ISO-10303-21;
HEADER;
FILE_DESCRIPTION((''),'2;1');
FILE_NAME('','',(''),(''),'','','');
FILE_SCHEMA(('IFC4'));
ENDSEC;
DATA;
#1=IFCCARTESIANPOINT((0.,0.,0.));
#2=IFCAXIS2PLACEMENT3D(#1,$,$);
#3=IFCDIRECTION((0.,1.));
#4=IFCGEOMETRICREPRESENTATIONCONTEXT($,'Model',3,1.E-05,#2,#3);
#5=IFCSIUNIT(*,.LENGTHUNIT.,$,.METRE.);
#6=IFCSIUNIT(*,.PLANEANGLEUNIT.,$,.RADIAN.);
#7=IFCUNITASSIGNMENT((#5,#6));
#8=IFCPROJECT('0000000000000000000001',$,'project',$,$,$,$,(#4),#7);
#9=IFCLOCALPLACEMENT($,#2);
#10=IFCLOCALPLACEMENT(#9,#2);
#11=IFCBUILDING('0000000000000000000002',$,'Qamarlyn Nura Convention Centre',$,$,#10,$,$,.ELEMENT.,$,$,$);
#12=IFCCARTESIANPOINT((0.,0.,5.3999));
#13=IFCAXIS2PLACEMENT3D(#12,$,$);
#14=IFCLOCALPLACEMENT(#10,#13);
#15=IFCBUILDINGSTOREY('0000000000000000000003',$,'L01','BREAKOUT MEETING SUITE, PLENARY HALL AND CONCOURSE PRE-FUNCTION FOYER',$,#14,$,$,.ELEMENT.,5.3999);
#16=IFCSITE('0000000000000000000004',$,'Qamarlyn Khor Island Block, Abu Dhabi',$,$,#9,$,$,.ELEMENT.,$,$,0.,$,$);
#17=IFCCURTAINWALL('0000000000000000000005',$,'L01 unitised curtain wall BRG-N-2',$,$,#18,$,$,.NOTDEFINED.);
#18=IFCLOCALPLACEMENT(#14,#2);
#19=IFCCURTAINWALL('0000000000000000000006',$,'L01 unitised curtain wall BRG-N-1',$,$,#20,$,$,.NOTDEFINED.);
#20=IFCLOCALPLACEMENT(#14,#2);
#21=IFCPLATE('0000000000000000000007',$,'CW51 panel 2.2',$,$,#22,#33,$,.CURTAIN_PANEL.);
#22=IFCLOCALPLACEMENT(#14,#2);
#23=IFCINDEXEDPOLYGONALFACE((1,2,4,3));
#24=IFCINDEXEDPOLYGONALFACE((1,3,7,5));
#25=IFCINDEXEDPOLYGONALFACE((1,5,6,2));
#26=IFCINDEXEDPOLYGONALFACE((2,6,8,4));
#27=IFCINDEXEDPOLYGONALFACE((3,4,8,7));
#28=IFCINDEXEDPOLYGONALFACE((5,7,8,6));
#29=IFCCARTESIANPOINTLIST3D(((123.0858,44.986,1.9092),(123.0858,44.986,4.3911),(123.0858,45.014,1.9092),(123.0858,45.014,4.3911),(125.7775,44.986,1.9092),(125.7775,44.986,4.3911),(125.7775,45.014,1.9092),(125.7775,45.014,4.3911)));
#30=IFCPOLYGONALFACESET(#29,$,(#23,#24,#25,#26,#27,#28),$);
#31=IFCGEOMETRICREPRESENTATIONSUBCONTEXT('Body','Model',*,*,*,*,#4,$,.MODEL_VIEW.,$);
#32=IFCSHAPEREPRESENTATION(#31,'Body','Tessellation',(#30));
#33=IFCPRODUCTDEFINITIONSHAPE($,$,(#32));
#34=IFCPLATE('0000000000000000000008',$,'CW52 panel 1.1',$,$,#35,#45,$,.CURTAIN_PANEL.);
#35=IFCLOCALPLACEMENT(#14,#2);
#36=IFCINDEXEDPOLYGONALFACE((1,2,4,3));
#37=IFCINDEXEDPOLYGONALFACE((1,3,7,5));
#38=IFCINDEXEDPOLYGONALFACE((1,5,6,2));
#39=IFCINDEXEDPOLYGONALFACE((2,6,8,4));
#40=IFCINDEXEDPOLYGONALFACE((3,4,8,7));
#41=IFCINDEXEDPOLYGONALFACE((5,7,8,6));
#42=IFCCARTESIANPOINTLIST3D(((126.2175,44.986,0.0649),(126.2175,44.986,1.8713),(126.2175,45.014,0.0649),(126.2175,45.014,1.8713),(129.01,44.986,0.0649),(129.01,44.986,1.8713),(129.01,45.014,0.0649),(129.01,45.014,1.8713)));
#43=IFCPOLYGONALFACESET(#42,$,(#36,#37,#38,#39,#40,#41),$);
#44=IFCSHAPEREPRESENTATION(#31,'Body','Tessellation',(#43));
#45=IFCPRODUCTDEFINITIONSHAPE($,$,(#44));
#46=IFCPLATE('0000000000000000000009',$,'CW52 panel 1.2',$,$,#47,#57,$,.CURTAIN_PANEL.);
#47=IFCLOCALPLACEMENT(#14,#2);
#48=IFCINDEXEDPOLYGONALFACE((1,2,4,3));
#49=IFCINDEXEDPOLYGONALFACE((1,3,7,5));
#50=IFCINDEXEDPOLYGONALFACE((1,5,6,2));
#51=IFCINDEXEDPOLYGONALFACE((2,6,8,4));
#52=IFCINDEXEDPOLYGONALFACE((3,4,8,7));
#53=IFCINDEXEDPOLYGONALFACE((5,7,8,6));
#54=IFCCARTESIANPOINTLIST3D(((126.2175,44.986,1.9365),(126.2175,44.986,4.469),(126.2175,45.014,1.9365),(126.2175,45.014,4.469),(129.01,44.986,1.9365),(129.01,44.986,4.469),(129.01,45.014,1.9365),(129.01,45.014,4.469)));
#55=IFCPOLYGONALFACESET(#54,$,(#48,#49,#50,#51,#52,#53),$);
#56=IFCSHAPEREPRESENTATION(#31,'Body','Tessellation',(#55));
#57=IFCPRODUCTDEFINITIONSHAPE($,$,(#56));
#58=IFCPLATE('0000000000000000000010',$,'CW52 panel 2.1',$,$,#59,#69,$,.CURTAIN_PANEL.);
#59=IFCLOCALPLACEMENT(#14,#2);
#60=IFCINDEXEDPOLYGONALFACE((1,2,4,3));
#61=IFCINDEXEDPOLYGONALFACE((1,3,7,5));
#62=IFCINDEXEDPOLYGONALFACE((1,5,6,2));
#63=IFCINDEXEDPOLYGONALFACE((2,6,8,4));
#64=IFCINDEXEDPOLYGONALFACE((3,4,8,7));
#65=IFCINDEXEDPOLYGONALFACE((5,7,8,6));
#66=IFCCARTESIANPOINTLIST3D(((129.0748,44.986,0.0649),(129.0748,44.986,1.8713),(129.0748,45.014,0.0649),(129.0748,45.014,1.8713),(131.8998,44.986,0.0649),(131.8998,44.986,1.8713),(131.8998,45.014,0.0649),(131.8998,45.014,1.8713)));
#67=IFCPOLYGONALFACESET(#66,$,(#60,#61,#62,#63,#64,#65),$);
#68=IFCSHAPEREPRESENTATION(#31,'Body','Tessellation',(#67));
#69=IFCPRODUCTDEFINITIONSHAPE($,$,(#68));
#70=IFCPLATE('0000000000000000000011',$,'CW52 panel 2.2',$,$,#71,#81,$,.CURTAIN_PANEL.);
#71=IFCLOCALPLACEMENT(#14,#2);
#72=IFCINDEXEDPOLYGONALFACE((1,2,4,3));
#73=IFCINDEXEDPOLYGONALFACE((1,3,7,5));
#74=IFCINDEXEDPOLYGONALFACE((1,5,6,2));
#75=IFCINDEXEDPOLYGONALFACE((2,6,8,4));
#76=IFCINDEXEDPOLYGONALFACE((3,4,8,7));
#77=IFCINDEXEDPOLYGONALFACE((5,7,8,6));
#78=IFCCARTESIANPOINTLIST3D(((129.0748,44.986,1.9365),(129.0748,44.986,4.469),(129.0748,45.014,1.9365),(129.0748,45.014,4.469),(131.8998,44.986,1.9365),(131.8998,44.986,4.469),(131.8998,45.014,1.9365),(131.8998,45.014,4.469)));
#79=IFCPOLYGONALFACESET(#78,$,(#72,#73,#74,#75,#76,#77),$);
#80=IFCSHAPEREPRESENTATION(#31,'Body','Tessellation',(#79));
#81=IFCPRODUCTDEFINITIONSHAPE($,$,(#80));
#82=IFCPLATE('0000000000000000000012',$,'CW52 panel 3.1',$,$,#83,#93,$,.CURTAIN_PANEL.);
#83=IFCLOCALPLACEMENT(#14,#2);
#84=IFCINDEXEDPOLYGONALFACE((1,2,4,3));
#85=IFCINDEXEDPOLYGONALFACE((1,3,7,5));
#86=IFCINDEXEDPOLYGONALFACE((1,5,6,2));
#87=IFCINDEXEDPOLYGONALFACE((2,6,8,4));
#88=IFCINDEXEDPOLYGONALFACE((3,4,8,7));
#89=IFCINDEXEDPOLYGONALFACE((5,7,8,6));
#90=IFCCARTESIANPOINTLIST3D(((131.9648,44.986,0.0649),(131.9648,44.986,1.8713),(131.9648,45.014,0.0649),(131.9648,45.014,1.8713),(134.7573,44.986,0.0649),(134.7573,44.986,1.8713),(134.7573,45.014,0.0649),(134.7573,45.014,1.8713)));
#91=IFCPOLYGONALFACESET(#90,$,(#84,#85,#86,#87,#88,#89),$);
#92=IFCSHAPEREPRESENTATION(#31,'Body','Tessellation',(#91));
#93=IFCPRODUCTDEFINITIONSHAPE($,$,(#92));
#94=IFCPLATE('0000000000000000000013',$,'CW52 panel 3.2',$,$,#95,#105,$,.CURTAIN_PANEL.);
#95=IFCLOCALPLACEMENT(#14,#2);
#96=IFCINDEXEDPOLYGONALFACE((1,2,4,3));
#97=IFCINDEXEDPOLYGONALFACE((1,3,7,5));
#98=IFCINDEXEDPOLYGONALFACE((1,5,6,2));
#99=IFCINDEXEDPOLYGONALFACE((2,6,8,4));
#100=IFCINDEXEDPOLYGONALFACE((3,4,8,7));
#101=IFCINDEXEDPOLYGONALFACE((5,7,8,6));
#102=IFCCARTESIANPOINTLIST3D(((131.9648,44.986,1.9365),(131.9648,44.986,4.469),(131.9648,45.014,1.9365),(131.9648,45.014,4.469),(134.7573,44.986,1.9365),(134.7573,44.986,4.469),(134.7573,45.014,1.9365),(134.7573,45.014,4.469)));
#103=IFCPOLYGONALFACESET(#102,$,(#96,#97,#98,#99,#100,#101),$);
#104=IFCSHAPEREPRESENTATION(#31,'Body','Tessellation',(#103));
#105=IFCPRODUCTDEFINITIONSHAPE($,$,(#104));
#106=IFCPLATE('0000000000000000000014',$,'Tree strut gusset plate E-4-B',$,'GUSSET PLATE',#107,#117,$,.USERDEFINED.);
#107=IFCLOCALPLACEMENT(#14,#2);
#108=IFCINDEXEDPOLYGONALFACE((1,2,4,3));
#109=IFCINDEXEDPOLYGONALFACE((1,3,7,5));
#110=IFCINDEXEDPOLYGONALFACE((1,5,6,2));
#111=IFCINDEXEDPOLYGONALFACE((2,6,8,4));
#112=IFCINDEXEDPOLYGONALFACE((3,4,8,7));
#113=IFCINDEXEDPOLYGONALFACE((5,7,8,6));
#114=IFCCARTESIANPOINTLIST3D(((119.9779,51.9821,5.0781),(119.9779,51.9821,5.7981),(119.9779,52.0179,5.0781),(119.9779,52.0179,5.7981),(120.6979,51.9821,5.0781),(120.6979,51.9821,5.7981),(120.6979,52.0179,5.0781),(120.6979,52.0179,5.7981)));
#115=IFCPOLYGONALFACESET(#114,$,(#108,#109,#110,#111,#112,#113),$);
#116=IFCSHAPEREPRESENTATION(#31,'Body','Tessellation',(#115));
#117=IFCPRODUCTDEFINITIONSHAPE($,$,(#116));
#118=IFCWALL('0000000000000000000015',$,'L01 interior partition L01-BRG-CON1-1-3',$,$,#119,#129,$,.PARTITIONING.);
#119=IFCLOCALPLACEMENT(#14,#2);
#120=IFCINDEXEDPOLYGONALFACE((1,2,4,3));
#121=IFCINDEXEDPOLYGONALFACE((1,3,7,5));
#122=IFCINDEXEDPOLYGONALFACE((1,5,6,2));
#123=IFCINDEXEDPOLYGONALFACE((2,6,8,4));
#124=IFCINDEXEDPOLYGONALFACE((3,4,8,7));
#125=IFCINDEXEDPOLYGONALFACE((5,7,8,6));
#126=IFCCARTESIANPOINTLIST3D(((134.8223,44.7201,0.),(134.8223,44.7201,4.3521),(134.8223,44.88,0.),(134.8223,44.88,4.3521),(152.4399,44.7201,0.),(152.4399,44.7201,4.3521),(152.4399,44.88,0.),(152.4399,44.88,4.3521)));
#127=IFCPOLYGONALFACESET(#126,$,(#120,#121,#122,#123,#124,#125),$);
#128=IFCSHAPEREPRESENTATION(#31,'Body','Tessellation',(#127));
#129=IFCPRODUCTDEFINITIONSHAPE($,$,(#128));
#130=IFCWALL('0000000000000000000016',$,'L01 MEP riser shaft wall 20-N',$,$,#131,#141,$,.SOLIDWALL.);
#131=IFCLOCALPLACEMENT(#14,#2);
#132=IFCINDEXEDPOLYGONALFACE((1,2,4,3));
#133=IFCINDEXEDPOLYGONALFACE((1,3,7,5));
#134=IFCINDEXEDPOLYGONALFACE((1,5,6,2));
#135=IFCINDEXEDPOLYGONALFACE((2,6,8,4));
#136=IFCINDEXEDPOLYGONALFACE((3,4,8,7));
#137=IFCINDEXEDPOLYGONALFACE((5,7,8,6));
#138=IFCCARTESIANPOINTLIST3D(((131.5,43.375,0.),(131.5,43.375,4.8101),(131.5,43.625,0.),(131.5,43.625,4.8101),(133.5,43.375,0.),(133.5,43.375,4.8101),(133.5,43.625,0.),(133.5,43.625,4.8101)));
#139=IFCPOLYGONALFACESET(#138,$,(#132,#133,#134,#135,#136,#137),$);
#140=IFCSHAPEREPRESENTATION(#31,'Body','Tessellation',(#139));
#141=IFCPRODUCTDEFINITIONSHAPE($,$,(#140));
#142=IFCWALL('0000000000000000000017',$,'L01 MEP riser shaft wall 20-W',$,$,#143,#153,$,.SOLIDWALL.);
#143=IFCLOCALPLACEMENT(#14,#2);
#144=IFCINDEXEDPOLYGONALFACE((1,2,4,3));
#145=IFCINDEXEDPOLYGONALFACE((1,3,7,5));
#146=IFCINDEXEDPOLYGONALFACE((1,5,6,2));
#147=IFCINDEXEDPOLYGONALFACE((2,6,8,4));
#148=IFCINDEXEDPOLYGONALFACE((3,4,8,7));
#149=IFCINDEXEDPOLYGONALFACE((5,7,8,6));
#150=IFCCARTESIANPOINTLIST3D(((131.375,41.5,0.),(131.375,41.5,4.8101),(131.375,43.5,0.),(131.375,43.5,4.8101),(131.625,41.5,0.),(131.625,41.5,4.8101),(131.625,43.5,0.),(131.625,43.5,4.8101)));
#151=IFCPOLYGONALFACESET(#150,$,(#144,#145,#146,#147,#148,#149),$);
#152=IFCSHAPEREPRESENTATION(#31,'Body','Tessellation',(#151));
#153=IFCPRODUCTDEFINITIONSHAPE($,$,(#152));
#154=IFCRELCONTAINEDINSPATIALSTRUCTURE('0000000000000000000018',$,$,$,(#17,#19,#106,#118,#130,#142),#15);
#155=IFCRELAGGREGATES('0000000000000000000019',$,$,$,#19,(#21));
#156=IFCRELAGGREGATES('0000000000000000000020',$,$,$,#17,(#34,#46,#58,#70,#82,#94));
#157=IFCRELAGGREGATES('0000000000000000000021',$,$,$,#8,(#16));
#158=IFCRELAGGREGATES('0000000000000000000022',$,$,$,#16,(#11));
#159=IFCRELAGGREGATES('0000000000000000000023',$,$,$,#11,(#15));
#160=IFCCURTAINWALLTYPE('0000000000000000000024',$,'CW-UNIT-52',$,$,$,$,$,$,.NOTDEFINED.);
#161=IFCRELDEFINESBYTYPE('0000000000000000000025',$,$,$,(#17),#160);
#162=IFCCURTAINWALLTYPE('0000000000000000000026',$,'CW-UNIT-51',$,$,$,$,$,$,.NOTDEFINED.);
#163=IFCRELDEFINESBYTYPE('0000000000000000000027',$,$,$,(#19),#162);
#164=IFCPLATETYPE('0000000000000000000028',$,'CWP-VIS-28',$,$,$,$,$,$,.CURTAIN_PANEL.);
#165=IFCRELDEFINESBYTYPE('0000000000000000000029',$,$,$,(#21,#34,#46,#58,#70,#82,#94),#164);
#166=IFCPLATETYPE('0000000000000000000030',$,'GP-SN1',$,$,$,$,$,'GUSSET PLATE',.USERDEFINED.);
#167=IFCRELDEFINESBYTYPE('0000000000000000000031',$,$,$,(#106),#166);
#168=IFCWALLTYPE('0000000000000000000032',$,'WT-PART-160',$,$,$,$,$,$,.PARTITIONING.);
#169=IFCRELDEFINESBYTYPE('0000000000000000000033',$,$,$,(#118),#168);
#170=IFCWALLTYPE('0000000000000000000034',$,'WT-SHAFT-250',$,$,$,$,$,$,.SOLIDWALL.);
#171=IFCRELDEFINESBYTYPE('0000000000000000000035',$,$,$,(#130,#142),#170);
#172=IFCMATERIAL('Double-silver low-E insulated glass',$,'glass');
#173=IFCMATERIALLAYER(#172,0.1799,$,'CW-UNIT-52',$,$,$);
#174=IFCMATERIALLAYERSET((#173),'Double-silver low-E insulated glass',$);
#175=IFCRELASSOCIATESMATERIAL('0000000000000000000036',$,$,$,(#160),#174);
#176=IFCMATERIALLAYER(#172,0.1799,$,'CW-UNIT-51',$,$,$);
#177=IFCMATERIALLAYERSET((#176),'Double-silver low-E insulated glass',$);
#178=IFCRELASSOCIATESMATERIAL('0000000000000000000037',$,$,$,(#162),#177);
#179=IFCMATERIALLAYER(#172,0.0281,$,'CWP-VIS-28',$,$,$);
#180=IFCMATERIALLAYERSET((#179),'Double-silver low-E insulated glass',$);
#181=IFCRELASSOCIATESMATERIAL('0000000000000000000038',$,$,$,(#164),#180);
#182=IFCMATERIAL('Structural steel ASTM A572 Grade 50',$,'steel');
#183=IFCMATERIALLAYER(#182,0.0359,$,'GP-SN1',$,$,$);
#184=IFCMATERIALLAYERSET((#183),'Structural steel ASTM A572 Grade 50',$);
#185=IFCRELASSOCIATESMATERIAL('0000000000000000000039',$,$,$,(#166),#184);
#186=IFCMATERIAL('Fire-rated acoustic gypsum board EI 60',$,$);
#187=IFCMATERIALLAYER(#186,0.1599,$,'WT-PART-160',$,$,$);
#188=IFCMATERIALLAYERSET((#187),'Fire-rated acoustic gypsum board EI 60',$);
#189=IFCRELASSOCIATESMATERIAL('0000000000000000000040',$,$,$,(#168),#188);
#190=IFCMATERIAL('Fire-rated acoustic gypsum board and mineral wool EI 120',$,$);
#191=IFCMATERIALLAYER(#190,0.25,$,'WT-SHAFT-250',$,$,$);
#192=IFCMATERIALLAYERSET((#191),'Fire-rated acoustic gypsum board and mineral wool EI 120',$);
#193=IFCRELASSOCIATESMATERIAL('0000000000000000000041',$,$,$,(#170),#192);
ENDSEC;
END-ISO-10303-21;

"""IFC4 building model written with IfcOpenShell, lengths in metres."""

from ifc_helpers import new_model, si_unit, direction, frame, frame_2d, origin, origin_2d, place, context, subcontext, project, spatial, rectangle, extrude, material, layer, layer_set, type_object, element, aggregate, save


model = new_model("IFC4")

# Units and contexts
model_context = context("Model", 3, precision=1e-05, world=origin(), true_north=direction((0.0, 1.0)))
body_context = subcontext(model_context, "Body", "Model", "MODEL_VIEW")
ifc_project = project(units=[si_unit("LENGTHUNIT", "METRE"), si_unit("PLANEANGLEUNIT", "RADIAN")], contexts=[model_context])

# Site, building, storey
site_placement = place(None, origin())
site = spatial("IfcSite", under=ifc_project, at=site_placement, Name="Qamarlyn Khor Island Block, Abu Dhabi", CompositionType="ELEMENT", RefElevation=0.0)
building_placement = place(site_placement, origin())
building = spatial("IfcBuilding", under=site, at=building_placement, Name="Qamarlyn Nura Convention Centre", CompositionType="ELEMENT")
storey_placement = place(building_placement, frame((0.0, 0.0, 5.3999)))
storey = spatial("IfcBuildingStorey", under=building, at=storey_placement, Name="L01", Description="BREAKOUT MEETING SUITE, PLENARY HALL AND CONCOURSE PRE-FUNCTION FOYER", CompositionType="ELEMENT", Elevation=5.3999)

# Curtain walls
ifc_material_1 = material(Name="Double-silver low-E insulated glass", Category="glass")
ifc_layer_1 = layer(ifc_material_1, 0.1799, Name="CW-UNIT-52")
ifc_layer_set_1 = layer_set([ifc_layer_1], Name="Double-silver low-E insulated glass")
curtain_wall_type_1 = type_object("IfcCurtainWallType", Name="CW-UNIT-52", PredefinedType="NOTDEFINED", material=ifc_layer_set_1)
curtain_wall_1_placement = place(storey_placement, origin())
curtain_wall_1 = element("IfcCurtainWall", 1, at=curtain_wall_1_placement, inside=storey, type_object=curtain_wall_type_1, Name="L01 unitised curtain wall BRG-N-2", PredefinedType="NOTDEFINED")
ifc_layer_2 = layer(ifc_material_1, 0.1799, Name="CW-UNIT-51")
ifc_layer_set_2 = layer_set([ifc_layer_2], Name="Double-silver low-E insulated glass")
curtain_wall_type_2 = type_object("IfcCurtainWallType", Name="CW-UNIT-51", PredefinedType="NOTDEFINED", material=ifc_layer_set_2)
curtain_wall_2_placement = place(storey_placement, origin())
curtain_wall_2 = element("IfcCurtainWall", 2, at=curtain_wall_2_placement, inside=storey, type_object=curtain_wall_type_2, Name="L01 unitised curtain wall BRG-N-1", PredefinedType="NOTDEFINED")

# Plates
ifc_layer_3 = layer(ifc_material_1, 0.0281, Name="CWP-VIS-28")
ifc_layer_set_3 = layer_set([ifc_layer_3], Name="Double-silver low-E insulated glass")
plate_type_1 = type_object("IfcPlateType", Name="CWP-VIS-28", PredefinedType="CURTAIN_PANEL", material=ifc_layer_set_3)
plate_1_placement = place(storey_placement, frame((124.4316, 45.0, 1.9092), z_axis=(0.0, 0.0, 1.0), x_axis=(1.0, 0.0, 0.0)))
plate_1 = element("IfcPlate", 3, at=plate_1_placement, type_object=plate_type_1, Name="CW51 panel 2.2", PredefinedType="CURTAIN_PANEL", context=body_context, shape_type="SweptSolid", body=[
    extrude(rectangle(XDim=2.6917, YDim=0.0281, at=origin_2d()), origin(), (0.0, 0.0, 1.0), 2.4819),
])
aggregate(curtain_wall_2, [plate_1])
plate_2_placement = place(storey_placement, frame((127.6138, 45.0, 0.0649), z_axis=(0.0, 0.0, 1.0), x_axis=(1.0, 0.0, 0.0)))
plate_2 = element("IfcPlate", 4, at=plate_2_placement, type_object=plate_type_1, Name="CW52 panel 1.1", PredefinedType="CURTAIN_PANEL", context=body_context, shape_type="SweptSolid", body=[
    extrude(rectangle(XDim=2.7925, YDim=0.0281, at=origin_2d()), origin(), (0.0, 0.0, 1.0), 1.8064),
])
plate_3_placement = place(storey_placement, frame((127.6138, 45.0, 1.9365), z_axis=(0.0, 0.0, 1.0), x_axis=(1.0, 0.0, 0.0)))
plate_3 = element("IfcPlate", 5, at=plate_3_placement, type_object=plate_type_1, Name="CW52 panel 1.2", PredefinedType="CURTAIN_PANEL", context=body_context, shape_type="SweptSolid", body=[
    extrude(rectangle(XDim=2.7925, YDim=0.0281, at=origin_2d()), origin(), (0.0, 0.0, 1.0), 2.5325),
])
plate_4_placement = place(storey_placement, frame((130.4873, 45.0, 0.0649), z_axis=(0.0, 0.0, 1.0), x_axis=(1.0, 0.0, 0.0)))
plate_4 = element("IfcPlate", 6, at=plate_4_placement, type_object=plate_type_1, Name="CW52 panel 2.1", PredefinedType="CURTAIN_PANEL", context=body_context, shape_type="SweptSolid", body=[
    extrude(rectangle(XDim=2.825, YDim=0.0281, at=origin_2d()), origin(), (0.0, 0.0, 1.0), 1.8064),
])
plate_5_placement = place(storey_placement, frame((130.4873, 45.0, 1.9365), z_axis=(0.0, 0.0, 1.0), x_axis=(1.0, 0.0, 0.0)))
plate_5 = element("IfcPlate", 7, at=plate_5_placement, type_object=plate_type_1, Name="CW52 panel 2.2", PredefinedType="CURTAIN_PANEL", context=body_context, shape_type="SweptSolid", body=[
    extrude(rectangle(XDim=2.825, YDim=0.0281, at=origin_2d()), origin(), (0.0, 0.0, 1.0), 2.5325),
])
plate_6_placement = place(storey_placement, frame((133.3611, 45.0, 0.0649), z_axis=(0.0, 0.0, 1.0), x_axis=(1.0, 0.0, 0.0)))
plate_6 = element("IfcPlate", 8, at=plate_6_placement, type_object=plate_type_1, Name="CW52 panel 3.1", PredefinedType="CURTAIN_PANEL", context=body_context, shape_type="SweptSolid", body=[
    extrude(rectangle(XDim=2.7925, YDim=0.0281, at=origin_2d()), origin(), (0.0, 0.0, 1.0), 1.8064),
])
plate_7_placement = place(storey_placement, frame((133.3611, 45.0, 1.9365), z_axis=(0.0, 0.0, 1.0), x_axis=(1.0, 0.0, 0.0)))
plate_7 = element("IfcPlate", 9, at=plate_7_placement, type_object=plate_type_1, Name="CW52 panel 3.2", PredefinedType="CURTAIN_PANEL", context=body_context, shape_type="SweptSolid", body=[
    extrude(rectangle(XDim=2.7925, YDim=0.0281, at=origin_2d()), origin(), (0.0, 0.0, 1.0), 2.5325),
])
aggregate(curtain_wall_1, [plate_2, plate_3, plate_4, plate_5, plate_6, plate_7])
ifc_material_2 = material(Name="Structural steel ASTM A572 Grade 50", Category="steel")
ifc_layer_4 = layer(ifc_material_2, 0.0359, Name="GP-SN1")
ifc_layer_set_4 = layer_set([ifc_layer_4], Name="Structural steel ASTM A572 Grade 50")
plate_type_2 = type_object("IfcPlateType", Name="GP-SN1", ElementType="GUSSET PLATE", PredefinedType="USERDEFINED", material=ifc_layer_set_4)
plate_8_placement = place(storey_placement, frame((120.3379, 52.0, 5.0781), z_axis=(0.0, 0.0, 1.0), x_axis=(1.0, 0.0, 0.0)))
element("IfcPlate", 10, at=plate_8_placement, inside=storey, type_object=plate_type_2, Name="Tree strut gusset plate E-4-B", ObjectType="GUSSET PLATE", PredefinedType="USERDEFINED", context=body_context, shape_type="SweptSolid", body=[
    extrude(rectangle(XDim=0.72, YDim=0.0359, at=origin_2d()), origin(), (0.0, 0.0, 1.0), 0.72),
])

# Walls
ifc_material_3 = material(Name="Fire-rated acoustic gypsum board EI 60")
ifc_layer_5 = layer(ifc_material_3, 0.1599, Name="WT-PART-160")
ifc_layer_set_5 = layer_set([ifc_layer_5], Name="Fire-rated acoustic gypsum board EI 60")
wall_type_1 = type_object("IfcWallType", Name="WT-PART-160", PredefinedType="PARTITIONING", material=ifc_layer_set_5)
wall_placement = place(storey_placement, frame((134.8223, 44.8, 0.0), z_axis=(0.0, 0.0, 1.0), x_axis=(1.0, 0.0, 0.0)))
element("IfcWall", 11, at=wall_placement, inside=storey, type_object=wall_type_1, Name="L01 interior partition L01-BRG-CON1-1-3", PredefinedType="PARTITIONING", context=body_context, shape_type="SweptSolid", body=[
    extrude(rectangle(XDim=17.6177, YDim=0.1599, at=frame_2d((8.8088, 0.0))), origin(), (0.0, 0.0, 1.0), 4.3521),
])
ifc_material_4 = material(Name="Fire-rated acoustic gypsum board and mineral wool EI 120")
ifc_layer_6 = layer(ifc_material_4, 0.25, Name="WT-SHAFT-250")
ifc_layer_set_6 = layer_set([ifc_layer_6], Name="Fire-rated acoustic gypsum board and mineral wool EI 120")
wall_type_2 = type_object("IfcWallType", Name="WT-SHAFT-250", PredefinedType="SOLIDWALL", material=ifc_layer_set_6)
for number, where, z_axis, x_axis, name in (
    (12, (133.5, 43.5, 0.0), (0.0, 0.0, 1.0), (-1.0, 0.0, 0.0), "L01 MEP riser shaft wall 20-N"),
    (13, (131.5, 43.5, 0.0), (0.0, 0.0, 1.0), (0.0, -1.0, 0.0), "L01 MEP riser shaft wall 20-W"),
):
    element("IfcWall", number, at=place(storey_placement, frame(where, z_axis=z_axis, x_axis=x_axis)), inside=storey, type_object=wall_type_2, Name=name, PredefinedType="SOLIDWALL", context=body_context, shape_type="SweptSolid", body=[
        extrude(rectangle(XDim=2.0, YDim=0.25, at=frame_2d((1.0, 0.0))), origin(), (0.0, 0.0, 1.0), 4.8101),
    ])

save(model, "model.ifc")
